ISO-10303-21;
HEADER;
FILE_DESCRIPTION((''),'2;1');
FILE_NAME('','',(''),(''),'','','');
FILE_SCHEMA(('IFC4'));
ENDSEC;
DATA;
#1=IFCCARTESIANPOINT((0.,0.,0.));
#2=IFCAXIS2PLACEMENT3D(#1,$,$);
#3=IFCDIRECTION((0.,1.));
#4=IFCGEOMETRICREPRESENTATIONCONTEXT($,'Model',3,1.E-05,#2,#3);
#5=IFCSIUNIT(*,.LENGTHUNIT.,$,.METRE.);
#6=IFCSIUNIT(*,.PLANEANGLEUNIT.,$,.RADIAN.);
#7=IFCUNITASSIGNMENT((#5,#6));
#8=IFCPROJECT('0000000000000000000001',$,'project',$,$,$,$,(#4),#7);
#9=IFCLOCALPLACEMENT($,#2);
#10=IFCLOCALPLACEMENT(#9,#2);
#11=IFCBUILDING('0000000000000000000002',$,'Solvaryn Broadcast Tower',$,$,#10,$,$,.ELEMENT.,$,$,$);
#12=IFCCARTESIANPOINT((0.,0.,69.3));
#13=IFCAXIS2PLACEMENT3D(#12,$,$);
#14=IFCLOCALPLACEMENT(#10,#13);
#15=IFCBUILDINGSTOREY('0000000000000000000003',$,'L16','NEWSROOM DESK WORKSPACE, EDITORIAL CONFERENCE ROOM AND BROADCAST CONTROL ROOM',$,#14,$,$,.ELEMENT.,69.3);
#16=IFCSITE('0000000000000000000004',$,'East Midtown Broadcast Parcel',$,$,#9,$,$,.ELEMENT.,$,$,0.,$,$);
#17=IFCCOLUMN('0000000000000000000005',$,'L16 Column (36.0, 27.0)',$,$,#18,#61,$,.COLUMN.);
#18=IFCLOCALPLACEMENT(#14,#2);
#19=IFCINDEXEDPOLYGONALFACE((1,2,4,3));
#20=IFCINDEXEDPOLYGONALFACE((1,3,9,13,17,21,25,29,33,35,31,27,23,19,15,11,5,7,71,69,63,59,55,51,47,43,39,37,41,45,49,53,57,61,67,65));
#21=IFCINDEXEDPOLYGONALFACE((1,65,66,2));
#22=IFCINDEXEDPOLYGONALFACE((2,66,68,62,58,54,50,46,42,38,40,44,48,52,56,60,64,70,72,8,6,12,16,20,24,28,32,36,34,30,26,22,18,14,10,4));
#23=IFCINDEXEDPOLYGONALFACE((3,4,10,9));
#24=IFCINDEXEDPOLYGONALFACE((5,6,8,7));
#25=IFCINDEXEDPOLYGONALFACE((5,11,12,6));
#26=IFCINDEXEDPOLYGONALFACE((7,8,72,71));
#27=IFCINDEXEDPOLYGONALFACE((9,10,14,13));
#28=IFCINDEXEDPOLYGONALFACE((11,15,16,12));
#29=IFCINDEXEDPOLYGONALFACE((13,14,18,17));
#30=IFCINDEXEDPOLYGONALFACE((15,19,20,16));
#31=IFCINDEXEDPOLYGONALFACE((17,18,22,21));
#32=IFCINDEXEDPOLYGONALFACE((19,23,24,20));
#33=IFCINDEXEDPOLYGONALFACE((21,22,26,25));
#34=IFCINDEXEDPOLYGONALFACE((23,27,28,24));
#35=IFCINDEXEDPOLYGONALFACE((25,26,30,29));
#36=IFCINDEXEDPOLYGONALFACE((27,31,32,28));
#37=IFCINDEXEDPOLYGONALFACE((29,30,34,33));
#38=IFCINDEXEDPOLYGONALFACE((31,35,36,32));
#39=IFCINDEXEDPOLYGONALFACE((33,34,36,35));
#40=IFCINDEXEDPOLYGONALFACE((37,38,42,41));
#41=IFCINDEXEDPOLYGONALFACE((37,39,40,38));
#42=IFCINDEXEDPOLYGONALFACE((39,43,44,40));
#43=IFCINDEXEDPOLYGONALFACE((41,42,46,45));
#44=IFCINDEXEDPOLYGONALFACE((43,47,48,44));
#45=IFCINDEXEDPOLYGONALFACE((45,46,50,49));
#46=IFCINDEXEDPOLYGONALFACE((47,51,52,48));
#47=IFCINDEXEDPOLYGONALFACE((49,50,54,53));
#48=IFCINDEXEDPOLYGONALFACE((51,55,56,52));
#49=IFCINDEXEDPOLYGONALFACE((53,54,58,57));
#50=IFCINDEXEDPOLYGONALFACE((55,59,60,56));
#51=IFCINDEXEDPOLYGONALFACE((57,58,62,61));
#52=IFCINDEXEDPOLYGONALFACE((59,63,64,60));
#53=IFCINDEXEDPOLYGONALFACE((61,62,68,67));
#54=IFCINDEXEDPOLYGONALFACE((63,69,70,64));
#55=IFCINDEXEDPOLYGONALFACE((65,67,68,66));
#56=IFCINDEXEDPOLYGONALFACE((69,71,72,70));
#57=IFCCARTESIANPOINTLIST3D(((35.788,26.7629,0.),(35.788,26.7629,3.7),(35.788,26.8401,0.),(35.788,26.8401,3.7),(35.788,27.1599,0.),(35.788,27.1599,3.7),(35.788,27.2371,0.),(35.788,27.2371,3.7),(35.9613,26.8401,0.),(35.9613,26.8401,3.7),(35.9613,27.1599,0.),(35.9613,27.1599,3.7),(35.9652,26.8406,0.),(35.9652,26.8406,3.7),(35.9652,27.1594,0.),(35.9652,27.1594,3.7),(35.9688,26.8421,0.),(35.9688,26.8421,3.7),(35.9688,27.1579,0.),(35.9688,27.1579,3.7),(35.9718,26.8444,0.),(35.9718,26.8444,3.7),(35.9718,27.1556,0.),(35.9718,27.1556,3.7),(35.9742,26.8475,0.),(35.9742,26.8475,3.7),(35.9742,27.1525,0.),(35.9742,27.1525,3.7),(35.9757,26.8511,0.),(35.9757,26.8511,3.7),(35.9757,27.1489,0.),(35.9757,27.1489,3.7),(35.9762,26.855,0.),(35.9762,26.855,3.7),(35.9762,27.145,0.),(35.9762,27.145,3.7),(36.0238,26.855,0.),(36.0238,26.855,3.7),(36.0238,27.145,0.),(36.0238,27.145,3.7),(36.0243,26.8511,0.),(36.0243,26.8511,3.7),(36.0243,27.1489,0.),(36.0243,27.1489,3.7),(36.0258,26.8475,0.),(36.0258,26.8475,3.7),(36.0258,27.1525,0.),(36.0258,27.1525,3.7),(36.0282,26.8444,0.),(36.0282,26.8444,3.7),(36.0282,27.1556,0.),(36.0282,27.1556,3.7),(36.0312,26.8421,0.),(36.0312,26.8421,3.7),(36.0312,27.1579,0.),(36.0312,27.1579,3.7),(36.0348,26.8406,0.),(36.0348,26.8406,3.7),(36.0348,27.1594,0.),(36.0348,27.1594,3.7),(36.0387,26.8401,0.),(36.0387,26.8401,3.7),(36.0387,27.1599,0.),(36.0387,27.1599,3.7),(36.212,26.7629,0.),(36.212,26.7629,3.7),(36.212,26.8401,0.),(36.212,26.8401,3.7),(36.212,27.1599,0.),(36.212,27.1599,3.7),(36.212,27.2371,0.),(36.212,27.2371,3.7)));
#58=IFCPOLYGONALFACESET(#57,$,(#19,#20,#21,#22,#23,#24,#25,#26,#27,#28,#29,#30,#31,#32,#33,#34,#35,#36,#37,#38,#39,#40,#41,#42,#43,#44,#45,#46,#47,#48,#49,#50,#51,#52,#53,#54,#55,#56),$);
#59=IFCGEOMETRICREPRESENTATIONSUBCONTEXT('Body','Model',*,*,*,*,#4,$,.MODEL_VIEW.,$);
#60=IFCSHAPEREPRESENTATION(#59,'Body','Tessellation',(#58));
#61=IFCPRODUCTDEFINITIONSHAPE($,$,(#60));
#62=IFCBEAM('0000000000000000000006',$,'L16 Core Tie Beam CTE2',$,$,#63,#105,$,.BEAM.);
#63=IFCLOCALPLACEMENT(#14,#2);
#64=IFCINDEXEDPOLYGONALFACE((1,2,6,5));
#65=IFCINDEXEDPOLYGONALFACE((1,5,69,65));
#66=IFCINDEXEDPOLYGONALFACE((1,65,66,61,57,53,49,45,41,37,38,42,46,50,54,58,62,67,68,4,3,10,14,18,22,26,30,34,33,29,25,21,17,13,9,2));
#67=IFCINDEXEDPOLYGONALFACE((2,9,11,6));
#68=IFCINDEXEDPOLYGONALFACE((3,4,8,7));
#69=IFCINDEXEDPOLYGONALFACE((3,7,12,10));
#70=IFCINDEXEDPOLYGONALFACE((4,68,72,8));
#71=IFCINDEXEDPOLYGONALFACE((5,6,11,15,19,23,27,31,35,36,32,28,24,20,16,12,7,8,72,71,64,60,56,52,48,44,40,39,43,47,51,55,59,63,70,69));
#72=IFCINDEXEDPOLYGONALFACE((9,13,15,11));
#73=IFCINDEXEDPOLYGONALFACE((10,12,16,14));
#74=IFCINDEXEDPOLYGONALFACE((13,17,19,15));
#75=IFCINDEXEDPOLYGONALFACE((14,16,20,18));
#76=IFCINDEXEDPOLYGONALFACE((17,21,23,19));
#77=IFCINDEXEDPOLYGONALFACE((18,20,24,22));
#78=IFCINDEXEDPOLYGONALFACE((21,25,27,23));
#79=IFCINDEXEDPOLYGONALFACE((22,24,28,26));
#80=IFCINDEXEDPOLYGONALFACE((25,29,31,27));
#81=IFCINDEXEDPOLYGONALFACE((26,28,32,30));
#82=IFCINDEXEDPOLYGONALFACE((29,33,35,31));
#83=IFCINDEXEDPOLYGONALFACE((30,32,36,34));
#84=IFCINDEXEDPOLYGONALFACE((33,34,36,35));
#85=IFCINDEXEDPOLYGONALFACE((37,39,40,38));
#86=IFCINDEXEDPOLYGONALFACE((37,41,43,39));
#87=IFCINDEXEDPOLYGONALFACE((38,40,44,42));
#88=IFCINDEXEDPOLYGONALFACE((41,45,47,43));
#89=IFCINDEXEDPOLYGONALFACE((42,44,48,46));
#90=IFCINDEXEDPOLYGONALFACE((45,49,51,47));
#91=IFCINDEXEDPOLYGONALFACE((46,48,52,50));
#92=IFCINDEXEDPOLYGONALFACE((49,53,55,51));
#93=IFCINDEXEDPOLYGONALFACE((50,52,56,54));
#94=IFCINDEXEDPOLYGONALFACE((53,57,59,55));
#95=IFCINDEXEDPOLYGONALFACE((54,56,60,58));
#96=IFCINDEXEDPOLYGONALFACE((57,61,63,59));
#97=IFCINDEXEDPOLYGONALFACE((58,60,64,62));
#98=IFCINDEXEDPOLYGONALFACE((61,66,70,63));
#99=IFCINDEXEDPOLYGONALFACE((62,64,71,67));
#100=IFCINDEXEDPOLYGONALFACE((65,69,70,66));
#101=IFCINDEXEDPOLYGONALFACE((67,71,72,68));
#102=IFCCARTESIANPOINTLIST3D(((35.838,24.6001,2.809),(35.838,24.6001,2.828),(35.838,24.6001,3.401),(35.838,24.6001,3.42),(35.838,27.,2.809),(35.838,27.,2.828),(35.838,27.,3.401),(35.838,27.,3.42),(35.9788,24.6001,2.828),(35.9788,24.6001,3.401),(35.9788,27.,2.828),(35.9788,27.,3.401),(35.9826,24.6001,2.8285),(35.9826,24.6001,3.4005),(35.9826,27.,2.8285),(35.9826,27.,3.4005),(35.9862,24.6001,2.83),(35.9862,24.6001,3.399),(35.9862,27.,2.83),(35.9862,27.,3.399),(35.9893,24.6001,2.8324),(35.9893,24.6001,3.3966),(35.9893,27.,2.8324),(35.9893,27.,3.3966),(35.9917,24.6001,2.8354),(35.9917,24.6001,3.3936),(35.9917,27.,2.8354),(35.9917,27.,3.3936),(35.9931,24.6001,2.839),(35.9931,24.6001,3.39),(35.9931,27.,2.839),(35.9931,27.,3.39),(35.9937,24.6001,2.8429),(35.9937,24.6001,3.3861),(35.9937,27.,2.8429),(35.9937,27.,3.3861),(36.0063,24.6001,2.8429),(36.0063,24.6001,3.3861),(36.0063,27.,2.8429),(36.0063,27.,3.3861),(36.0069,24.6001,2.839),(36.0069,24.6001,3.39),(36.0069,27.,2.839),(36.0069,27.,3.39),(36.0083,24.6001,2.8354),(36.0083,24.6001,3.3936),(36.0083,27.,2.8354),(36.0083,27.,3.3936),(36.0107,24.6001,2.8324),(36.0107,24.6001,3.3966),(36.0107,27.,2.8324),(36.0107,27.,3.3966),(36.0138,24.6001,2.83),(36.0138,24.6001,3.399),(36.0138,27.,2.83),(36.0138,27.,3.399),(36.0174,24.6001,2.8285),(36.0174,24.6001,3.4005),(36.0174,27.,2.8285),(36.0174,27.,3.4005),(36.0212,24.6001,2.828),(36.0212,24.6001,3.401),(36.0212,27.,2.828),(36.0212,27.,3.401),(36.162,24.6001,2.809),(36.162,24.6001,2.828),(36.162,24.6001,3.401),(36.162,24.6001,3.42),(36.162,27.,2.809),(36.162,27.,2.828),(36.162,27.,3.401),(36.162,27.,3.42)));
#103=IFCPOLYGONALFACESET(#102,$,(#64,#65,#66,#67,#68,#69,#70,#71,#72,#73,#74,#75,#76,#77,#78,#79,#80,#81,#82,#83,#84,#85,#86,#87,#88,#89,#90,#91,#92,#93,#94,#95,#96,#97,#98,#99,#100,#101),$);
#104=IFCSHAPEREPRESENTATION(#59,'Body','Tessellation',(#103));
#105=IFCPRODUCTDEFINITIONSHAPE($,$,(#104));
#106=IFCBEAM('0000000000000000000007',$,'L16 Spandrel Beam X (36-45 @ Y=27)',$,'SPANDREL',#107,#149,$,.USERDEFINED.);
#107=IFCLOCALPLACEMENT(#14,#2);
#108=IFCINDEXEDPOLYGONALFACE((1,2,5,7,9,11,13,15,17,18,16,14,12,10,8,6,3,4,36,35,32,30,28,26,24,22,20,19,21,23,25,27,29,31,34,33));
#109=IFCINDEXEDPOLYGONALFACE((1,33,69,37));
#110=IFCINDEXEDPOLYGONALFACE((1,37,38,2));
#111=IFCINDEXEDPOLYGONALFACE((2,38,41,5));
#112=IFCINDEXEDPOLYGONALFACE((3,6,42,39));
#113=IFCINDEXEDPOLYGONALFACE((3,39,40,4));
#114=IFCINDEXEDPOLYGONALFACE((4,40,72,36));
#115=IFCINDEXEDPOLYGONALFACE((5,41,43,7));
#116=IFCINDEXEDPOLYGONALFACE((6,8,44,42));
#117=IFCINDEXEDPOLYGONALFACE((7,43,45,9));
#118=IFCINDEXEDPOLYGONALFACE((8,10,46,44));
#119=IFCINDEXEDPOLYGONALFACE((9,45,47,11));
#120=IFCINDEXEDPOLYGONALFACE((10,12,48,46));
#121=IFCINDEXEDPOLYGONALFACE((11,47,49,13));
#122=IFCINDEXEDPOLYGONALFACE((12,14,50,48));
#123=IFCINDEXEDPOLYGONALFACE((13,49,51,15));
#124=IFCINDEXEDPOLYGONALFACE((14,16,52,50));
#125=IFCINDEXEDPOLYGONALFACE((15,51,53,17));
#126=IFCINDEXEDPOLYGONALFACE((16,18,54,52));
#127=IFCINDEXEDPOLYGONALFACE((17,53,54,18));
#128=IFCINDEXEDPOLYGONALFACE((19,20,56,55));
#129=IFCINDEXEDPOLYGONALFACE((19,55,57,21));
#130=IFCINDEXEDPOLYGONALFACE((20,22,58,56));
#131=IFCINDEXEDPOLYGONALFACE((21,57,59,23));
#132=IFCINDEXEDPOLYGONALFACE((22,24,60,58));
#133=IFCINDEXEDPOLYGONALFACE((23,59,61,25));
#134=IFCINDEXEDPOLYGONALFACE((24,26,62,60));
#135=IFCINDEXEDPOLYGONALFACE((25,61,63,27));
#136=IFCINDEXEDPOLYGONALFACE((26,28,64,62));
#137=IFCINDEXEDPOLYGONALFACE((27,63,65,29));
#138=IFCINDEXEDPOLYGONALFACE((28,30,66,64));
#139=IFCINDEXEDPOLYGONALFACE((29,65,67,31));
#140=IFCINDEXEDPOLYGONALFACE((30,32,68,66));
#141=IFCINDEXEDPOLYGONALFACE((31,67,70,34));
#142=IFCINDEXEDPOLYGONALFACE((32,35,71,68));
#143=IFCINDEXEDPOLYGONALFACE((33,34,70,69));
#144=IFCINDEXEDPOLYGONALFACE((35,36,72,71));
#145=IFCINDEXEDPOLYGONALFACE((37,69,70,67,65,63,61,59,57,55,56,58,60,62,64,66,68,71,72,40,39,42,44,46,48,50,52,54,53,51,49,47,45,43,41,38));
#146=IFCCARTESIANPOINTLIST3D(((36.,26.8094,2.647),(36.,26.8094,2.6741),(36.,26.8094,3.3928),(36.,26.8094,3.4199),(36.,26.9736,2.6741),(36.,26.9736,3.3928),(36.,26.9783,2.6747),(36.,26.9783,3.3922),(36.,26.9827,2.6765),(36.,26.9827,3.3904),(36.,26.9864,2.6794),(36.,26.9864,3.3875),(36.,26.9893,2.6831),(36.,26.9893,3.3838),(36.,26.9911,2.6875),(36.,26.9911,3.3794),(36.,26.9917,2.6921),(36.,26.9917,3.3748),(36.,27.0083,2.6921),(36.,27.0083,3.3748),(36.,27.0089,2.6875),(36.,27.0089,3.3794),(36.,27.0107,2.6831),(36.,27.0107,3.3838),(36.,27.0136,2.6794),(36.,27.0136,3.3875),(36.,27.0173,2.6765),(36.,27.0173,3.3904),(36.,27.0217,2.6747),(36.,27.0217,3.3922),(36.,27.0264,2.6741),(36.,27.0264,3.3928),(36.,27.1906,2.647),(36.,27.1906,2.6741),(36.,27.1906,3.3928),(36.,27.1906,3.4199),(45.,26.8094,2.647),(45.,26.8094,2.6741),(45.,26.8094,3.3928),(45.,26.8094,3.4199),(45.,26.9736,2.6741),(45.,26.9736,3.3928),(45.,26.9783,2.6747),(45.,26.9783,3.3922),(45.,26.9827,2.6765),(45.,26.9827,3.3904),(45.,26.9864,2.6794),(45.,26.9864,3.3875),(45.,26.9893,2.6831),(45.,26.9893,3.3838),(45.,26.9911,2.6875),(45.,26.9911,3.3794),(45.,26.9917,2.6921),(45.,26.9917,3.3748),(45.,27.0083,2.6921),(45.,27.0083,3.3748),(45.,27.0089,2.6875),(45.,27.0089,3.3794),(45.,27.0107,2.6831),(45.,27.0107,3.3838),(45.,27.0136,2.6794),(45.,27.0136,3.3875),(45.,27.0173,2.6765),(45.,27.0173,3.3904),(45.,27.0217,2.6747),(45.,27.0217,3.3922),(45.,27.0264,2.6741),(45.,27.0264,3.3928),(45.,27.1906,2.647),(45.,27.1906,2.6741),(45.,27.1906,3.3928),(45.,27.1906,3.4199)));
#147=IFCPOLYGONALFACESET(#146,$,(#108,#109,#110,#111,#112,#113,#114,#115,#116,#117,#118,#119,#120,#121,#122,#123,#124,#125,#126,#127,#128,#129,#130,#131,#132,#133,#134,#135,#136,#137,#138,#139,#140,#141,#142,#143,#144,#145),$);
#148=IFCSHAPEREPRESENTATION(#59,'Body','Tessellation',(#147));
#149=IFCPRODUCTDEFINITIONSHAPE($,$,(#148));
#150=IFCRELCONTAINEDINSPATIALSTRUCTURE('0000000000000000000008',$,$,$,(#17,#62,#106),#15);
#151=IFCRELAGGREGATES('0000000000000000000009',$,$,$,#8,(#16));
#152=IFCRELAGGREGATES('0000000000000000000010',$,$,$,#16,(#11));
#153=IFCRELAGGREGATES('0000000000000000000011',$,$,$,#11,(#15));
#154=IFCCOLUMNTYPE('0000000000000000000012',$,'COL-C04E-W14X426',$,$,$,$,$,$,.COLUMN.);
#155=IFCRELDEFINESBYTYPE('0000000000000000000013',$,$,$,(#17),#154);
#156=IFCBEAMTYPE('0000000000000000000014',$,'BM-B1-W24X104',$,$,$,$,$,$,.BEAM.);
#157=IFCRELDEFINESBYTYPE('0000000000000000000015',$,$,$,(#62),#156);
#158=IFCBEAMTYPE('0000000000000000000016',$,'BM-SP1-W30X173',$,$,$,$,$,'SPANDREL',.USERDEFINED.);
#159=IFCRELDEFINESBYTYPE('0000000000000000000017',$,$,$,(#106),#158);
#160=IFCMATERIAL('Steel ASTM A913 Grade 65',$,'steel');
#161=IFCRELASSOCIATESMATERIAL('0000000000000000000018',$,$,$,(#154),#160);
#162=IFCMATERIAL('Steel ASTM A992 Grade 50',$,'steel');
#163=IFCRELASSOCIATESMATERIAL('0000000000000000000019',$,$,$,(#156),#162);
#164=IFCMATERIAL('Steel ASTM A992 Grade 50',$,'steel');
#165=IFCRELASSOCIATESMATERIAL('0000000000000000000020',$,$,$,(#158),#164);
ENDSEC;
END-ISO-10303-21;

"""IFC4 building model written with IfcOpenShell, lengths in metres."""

from ifc_helpers import new_model, si_unit, direction, frame, origin, origin_2d, place, context, subcontext, project, spatial, i_section, extrude, material, material_profile, profile_set, type_object, element, save


model = new_model("IFC4")

# Units and contexts
model_context = context("Model", 3, precision=1e-05, world=origin(), true_north=direction((0.0, 1.0)))
body_context = subcontext(model_context, "Body", "Model", "MODEL_VIEW")
ifc_project = project(units=[si_unit("LENGTHUNIT", "METRE"), si_unit("PLANEANGLEUNIT", "RADIAN")], contexts=[model_context])

# Site, building, storey
site_placement = place(None, origin())
site = spatial("IfcSite", under=ifc_project, at=site_placement, Name="East Midtown Broadcast Parcel", CompositionType="ELEMENT", RefElevation=0.0)
building_placement = place(site_placement, origin())
building = spatial("IfcBuilding", under=site, at=building_placement, Name="Solvaryn Broadcast Tower", CompositionType="ELEMENT")
storey_placement = place(building_placement, frame((0.0, 0.0, 69.3)))
storey = spatial("IfcBuildingStorey", under=building, at=storey_placement, Name="L16", Description="NEWSROOM DESK WORKSPACE, EDITORIAL CONFERENCE ROOM AND BROADCAST CONTROL ROOM", CompositionType="ELEMENT", Elevation=69.3)

# Column
ifc_material_1 = material(Name="Steel ASTM A913 Grade 65", Category="steel")
ifc_material_profile_1 = material_profile(ifc_material_1, i_section(OverallWidth=0.4241, OverallDepth=0.4741, WebThickness=0.0476, FlangeThickness=0.0771, FilletRadius=0.0149, at=origin_2d()))
ifc_profile_set_1 = profile_set([ifc_material_profile_1], Name="Steel ASTM A913 Grade 65")
column_type = type_object("IfcColumnType", Name="COL-C04E-W14X426", PredefinedType="COLUMN", material=ifc_profile_set_1)
column_placement = place(storey_placement, frame((36.0, 27.0, 0.0), z_axis=(0.0, 0.0, 1.0), x_axis=(1.0, 0.0, 0.0)))
element("IfcColumn", 1, at=column_placement, inside=storey, type_object=column_type, Name="L16 Column (36.0, 27.0)", PredefinedType="COLUMN", context=body_context, shape_type="SweptSolid", body=[
    extrude(i_section(OverallWidth=0.4241, OverallDepth=0.4741, WebThickness=0.0476, FlangeThickness=0.0771, FilletRadius=0.0149, at=origin_2d()), origin(), (0.0, 0.0, 1.0), 3.7),
])

# Beams
ifc_material_2 = material(Name="Steel ASTM A992 Grade 50", Category="steel")
ifc_material_profile_2 = material_profile(ifc_material_2, i_section(OverallWidth=0.324, OverallDepth=0.6111, WebThickness=0.0127, FlangeThickness=0.019, FilletRadius=0.0149, at=origin_2d()))
ifc_profile_set_2 = profile_set([ifc_material_profile_2], Name="Steel ASTM A992 Grade 50")
beam_type_1 = type_object("IfcBeamType", Name="BM-B1-W24X104", PredefinedType="BEAM", material=ifc_profile_set_2)
beam_1_placement = place(storey_placement, frame((36.0, 24.6001, 3.1145), z_axis=(0.0, 1.0, 0.0), x_axis=(-1.0, 0.0, 0.0)))
element("IfcBeam", 2, at=beam_1_placement, inside=storey, type_object=beam_type_1, Name="L16 Core Tie Beam CTE2", PredefinedType="BEAM", context=body_context, shape_type="SweptSolid", body=[
    extrude(i_section(OverallWidth=0.324, OverallDepth=0.6111, WebThickness=0.0127, FlangeThickness=0.019, FilletRadius=0.0149, at=origin_2d()), origin(), (0.0, 0.0, 1.0), 2.3999),
])
ifc_material_3 = material(Name="Steel ASTM A992 Grade 50", Category="steel")
ifc_material_profile_3 = material_profile(ifc_material_3, i_section(OverallWidth=0.3811, OverallDepth=0.7729, WebThickness=0.0166, FlangeThickness=0.0271, FilletRadius=0.0181, at=origin_2d()))
ifc_profile_set_3 = profile_set([ifc_material_profile_3], Name="Steel ASTM A992 Grade 50")
beam_type_2 = type_object("IfcBeamType", Name="BM-SP1-W30X173", ElementType="SPANDREL", PredefinedType="USERDEFINED", material=ifc_profile_set_3)
beam_2_placement = place(storey_placement, frame((36.0, 27.0, 3.0334), z_axis=(1.0, 0.0, 0.0), x_axis=(0.0, 1.0, 0.0)))
element("IfcBeam", 3, at=beam_2_placement, inside=storey, type_object=beam_type_2, Name="L16 Spandrel Beam X (36-45 @ Y=27)", ObjectType="SPANDREL", PredefinedType="USERDEFINED", context=body_context, shape_type="SweptSolid", body=[
    extrude(i_section(OverallWidth=0.3811, OverallDepth=0.7729, WebThickness=0.0166, FlangeThickness=0.0271, FilletRadius=0.0181, at=origin_2d()), origin(), (0.0, 0.0, 1.0), 9.0),
])

save(model, "model.ifc")
